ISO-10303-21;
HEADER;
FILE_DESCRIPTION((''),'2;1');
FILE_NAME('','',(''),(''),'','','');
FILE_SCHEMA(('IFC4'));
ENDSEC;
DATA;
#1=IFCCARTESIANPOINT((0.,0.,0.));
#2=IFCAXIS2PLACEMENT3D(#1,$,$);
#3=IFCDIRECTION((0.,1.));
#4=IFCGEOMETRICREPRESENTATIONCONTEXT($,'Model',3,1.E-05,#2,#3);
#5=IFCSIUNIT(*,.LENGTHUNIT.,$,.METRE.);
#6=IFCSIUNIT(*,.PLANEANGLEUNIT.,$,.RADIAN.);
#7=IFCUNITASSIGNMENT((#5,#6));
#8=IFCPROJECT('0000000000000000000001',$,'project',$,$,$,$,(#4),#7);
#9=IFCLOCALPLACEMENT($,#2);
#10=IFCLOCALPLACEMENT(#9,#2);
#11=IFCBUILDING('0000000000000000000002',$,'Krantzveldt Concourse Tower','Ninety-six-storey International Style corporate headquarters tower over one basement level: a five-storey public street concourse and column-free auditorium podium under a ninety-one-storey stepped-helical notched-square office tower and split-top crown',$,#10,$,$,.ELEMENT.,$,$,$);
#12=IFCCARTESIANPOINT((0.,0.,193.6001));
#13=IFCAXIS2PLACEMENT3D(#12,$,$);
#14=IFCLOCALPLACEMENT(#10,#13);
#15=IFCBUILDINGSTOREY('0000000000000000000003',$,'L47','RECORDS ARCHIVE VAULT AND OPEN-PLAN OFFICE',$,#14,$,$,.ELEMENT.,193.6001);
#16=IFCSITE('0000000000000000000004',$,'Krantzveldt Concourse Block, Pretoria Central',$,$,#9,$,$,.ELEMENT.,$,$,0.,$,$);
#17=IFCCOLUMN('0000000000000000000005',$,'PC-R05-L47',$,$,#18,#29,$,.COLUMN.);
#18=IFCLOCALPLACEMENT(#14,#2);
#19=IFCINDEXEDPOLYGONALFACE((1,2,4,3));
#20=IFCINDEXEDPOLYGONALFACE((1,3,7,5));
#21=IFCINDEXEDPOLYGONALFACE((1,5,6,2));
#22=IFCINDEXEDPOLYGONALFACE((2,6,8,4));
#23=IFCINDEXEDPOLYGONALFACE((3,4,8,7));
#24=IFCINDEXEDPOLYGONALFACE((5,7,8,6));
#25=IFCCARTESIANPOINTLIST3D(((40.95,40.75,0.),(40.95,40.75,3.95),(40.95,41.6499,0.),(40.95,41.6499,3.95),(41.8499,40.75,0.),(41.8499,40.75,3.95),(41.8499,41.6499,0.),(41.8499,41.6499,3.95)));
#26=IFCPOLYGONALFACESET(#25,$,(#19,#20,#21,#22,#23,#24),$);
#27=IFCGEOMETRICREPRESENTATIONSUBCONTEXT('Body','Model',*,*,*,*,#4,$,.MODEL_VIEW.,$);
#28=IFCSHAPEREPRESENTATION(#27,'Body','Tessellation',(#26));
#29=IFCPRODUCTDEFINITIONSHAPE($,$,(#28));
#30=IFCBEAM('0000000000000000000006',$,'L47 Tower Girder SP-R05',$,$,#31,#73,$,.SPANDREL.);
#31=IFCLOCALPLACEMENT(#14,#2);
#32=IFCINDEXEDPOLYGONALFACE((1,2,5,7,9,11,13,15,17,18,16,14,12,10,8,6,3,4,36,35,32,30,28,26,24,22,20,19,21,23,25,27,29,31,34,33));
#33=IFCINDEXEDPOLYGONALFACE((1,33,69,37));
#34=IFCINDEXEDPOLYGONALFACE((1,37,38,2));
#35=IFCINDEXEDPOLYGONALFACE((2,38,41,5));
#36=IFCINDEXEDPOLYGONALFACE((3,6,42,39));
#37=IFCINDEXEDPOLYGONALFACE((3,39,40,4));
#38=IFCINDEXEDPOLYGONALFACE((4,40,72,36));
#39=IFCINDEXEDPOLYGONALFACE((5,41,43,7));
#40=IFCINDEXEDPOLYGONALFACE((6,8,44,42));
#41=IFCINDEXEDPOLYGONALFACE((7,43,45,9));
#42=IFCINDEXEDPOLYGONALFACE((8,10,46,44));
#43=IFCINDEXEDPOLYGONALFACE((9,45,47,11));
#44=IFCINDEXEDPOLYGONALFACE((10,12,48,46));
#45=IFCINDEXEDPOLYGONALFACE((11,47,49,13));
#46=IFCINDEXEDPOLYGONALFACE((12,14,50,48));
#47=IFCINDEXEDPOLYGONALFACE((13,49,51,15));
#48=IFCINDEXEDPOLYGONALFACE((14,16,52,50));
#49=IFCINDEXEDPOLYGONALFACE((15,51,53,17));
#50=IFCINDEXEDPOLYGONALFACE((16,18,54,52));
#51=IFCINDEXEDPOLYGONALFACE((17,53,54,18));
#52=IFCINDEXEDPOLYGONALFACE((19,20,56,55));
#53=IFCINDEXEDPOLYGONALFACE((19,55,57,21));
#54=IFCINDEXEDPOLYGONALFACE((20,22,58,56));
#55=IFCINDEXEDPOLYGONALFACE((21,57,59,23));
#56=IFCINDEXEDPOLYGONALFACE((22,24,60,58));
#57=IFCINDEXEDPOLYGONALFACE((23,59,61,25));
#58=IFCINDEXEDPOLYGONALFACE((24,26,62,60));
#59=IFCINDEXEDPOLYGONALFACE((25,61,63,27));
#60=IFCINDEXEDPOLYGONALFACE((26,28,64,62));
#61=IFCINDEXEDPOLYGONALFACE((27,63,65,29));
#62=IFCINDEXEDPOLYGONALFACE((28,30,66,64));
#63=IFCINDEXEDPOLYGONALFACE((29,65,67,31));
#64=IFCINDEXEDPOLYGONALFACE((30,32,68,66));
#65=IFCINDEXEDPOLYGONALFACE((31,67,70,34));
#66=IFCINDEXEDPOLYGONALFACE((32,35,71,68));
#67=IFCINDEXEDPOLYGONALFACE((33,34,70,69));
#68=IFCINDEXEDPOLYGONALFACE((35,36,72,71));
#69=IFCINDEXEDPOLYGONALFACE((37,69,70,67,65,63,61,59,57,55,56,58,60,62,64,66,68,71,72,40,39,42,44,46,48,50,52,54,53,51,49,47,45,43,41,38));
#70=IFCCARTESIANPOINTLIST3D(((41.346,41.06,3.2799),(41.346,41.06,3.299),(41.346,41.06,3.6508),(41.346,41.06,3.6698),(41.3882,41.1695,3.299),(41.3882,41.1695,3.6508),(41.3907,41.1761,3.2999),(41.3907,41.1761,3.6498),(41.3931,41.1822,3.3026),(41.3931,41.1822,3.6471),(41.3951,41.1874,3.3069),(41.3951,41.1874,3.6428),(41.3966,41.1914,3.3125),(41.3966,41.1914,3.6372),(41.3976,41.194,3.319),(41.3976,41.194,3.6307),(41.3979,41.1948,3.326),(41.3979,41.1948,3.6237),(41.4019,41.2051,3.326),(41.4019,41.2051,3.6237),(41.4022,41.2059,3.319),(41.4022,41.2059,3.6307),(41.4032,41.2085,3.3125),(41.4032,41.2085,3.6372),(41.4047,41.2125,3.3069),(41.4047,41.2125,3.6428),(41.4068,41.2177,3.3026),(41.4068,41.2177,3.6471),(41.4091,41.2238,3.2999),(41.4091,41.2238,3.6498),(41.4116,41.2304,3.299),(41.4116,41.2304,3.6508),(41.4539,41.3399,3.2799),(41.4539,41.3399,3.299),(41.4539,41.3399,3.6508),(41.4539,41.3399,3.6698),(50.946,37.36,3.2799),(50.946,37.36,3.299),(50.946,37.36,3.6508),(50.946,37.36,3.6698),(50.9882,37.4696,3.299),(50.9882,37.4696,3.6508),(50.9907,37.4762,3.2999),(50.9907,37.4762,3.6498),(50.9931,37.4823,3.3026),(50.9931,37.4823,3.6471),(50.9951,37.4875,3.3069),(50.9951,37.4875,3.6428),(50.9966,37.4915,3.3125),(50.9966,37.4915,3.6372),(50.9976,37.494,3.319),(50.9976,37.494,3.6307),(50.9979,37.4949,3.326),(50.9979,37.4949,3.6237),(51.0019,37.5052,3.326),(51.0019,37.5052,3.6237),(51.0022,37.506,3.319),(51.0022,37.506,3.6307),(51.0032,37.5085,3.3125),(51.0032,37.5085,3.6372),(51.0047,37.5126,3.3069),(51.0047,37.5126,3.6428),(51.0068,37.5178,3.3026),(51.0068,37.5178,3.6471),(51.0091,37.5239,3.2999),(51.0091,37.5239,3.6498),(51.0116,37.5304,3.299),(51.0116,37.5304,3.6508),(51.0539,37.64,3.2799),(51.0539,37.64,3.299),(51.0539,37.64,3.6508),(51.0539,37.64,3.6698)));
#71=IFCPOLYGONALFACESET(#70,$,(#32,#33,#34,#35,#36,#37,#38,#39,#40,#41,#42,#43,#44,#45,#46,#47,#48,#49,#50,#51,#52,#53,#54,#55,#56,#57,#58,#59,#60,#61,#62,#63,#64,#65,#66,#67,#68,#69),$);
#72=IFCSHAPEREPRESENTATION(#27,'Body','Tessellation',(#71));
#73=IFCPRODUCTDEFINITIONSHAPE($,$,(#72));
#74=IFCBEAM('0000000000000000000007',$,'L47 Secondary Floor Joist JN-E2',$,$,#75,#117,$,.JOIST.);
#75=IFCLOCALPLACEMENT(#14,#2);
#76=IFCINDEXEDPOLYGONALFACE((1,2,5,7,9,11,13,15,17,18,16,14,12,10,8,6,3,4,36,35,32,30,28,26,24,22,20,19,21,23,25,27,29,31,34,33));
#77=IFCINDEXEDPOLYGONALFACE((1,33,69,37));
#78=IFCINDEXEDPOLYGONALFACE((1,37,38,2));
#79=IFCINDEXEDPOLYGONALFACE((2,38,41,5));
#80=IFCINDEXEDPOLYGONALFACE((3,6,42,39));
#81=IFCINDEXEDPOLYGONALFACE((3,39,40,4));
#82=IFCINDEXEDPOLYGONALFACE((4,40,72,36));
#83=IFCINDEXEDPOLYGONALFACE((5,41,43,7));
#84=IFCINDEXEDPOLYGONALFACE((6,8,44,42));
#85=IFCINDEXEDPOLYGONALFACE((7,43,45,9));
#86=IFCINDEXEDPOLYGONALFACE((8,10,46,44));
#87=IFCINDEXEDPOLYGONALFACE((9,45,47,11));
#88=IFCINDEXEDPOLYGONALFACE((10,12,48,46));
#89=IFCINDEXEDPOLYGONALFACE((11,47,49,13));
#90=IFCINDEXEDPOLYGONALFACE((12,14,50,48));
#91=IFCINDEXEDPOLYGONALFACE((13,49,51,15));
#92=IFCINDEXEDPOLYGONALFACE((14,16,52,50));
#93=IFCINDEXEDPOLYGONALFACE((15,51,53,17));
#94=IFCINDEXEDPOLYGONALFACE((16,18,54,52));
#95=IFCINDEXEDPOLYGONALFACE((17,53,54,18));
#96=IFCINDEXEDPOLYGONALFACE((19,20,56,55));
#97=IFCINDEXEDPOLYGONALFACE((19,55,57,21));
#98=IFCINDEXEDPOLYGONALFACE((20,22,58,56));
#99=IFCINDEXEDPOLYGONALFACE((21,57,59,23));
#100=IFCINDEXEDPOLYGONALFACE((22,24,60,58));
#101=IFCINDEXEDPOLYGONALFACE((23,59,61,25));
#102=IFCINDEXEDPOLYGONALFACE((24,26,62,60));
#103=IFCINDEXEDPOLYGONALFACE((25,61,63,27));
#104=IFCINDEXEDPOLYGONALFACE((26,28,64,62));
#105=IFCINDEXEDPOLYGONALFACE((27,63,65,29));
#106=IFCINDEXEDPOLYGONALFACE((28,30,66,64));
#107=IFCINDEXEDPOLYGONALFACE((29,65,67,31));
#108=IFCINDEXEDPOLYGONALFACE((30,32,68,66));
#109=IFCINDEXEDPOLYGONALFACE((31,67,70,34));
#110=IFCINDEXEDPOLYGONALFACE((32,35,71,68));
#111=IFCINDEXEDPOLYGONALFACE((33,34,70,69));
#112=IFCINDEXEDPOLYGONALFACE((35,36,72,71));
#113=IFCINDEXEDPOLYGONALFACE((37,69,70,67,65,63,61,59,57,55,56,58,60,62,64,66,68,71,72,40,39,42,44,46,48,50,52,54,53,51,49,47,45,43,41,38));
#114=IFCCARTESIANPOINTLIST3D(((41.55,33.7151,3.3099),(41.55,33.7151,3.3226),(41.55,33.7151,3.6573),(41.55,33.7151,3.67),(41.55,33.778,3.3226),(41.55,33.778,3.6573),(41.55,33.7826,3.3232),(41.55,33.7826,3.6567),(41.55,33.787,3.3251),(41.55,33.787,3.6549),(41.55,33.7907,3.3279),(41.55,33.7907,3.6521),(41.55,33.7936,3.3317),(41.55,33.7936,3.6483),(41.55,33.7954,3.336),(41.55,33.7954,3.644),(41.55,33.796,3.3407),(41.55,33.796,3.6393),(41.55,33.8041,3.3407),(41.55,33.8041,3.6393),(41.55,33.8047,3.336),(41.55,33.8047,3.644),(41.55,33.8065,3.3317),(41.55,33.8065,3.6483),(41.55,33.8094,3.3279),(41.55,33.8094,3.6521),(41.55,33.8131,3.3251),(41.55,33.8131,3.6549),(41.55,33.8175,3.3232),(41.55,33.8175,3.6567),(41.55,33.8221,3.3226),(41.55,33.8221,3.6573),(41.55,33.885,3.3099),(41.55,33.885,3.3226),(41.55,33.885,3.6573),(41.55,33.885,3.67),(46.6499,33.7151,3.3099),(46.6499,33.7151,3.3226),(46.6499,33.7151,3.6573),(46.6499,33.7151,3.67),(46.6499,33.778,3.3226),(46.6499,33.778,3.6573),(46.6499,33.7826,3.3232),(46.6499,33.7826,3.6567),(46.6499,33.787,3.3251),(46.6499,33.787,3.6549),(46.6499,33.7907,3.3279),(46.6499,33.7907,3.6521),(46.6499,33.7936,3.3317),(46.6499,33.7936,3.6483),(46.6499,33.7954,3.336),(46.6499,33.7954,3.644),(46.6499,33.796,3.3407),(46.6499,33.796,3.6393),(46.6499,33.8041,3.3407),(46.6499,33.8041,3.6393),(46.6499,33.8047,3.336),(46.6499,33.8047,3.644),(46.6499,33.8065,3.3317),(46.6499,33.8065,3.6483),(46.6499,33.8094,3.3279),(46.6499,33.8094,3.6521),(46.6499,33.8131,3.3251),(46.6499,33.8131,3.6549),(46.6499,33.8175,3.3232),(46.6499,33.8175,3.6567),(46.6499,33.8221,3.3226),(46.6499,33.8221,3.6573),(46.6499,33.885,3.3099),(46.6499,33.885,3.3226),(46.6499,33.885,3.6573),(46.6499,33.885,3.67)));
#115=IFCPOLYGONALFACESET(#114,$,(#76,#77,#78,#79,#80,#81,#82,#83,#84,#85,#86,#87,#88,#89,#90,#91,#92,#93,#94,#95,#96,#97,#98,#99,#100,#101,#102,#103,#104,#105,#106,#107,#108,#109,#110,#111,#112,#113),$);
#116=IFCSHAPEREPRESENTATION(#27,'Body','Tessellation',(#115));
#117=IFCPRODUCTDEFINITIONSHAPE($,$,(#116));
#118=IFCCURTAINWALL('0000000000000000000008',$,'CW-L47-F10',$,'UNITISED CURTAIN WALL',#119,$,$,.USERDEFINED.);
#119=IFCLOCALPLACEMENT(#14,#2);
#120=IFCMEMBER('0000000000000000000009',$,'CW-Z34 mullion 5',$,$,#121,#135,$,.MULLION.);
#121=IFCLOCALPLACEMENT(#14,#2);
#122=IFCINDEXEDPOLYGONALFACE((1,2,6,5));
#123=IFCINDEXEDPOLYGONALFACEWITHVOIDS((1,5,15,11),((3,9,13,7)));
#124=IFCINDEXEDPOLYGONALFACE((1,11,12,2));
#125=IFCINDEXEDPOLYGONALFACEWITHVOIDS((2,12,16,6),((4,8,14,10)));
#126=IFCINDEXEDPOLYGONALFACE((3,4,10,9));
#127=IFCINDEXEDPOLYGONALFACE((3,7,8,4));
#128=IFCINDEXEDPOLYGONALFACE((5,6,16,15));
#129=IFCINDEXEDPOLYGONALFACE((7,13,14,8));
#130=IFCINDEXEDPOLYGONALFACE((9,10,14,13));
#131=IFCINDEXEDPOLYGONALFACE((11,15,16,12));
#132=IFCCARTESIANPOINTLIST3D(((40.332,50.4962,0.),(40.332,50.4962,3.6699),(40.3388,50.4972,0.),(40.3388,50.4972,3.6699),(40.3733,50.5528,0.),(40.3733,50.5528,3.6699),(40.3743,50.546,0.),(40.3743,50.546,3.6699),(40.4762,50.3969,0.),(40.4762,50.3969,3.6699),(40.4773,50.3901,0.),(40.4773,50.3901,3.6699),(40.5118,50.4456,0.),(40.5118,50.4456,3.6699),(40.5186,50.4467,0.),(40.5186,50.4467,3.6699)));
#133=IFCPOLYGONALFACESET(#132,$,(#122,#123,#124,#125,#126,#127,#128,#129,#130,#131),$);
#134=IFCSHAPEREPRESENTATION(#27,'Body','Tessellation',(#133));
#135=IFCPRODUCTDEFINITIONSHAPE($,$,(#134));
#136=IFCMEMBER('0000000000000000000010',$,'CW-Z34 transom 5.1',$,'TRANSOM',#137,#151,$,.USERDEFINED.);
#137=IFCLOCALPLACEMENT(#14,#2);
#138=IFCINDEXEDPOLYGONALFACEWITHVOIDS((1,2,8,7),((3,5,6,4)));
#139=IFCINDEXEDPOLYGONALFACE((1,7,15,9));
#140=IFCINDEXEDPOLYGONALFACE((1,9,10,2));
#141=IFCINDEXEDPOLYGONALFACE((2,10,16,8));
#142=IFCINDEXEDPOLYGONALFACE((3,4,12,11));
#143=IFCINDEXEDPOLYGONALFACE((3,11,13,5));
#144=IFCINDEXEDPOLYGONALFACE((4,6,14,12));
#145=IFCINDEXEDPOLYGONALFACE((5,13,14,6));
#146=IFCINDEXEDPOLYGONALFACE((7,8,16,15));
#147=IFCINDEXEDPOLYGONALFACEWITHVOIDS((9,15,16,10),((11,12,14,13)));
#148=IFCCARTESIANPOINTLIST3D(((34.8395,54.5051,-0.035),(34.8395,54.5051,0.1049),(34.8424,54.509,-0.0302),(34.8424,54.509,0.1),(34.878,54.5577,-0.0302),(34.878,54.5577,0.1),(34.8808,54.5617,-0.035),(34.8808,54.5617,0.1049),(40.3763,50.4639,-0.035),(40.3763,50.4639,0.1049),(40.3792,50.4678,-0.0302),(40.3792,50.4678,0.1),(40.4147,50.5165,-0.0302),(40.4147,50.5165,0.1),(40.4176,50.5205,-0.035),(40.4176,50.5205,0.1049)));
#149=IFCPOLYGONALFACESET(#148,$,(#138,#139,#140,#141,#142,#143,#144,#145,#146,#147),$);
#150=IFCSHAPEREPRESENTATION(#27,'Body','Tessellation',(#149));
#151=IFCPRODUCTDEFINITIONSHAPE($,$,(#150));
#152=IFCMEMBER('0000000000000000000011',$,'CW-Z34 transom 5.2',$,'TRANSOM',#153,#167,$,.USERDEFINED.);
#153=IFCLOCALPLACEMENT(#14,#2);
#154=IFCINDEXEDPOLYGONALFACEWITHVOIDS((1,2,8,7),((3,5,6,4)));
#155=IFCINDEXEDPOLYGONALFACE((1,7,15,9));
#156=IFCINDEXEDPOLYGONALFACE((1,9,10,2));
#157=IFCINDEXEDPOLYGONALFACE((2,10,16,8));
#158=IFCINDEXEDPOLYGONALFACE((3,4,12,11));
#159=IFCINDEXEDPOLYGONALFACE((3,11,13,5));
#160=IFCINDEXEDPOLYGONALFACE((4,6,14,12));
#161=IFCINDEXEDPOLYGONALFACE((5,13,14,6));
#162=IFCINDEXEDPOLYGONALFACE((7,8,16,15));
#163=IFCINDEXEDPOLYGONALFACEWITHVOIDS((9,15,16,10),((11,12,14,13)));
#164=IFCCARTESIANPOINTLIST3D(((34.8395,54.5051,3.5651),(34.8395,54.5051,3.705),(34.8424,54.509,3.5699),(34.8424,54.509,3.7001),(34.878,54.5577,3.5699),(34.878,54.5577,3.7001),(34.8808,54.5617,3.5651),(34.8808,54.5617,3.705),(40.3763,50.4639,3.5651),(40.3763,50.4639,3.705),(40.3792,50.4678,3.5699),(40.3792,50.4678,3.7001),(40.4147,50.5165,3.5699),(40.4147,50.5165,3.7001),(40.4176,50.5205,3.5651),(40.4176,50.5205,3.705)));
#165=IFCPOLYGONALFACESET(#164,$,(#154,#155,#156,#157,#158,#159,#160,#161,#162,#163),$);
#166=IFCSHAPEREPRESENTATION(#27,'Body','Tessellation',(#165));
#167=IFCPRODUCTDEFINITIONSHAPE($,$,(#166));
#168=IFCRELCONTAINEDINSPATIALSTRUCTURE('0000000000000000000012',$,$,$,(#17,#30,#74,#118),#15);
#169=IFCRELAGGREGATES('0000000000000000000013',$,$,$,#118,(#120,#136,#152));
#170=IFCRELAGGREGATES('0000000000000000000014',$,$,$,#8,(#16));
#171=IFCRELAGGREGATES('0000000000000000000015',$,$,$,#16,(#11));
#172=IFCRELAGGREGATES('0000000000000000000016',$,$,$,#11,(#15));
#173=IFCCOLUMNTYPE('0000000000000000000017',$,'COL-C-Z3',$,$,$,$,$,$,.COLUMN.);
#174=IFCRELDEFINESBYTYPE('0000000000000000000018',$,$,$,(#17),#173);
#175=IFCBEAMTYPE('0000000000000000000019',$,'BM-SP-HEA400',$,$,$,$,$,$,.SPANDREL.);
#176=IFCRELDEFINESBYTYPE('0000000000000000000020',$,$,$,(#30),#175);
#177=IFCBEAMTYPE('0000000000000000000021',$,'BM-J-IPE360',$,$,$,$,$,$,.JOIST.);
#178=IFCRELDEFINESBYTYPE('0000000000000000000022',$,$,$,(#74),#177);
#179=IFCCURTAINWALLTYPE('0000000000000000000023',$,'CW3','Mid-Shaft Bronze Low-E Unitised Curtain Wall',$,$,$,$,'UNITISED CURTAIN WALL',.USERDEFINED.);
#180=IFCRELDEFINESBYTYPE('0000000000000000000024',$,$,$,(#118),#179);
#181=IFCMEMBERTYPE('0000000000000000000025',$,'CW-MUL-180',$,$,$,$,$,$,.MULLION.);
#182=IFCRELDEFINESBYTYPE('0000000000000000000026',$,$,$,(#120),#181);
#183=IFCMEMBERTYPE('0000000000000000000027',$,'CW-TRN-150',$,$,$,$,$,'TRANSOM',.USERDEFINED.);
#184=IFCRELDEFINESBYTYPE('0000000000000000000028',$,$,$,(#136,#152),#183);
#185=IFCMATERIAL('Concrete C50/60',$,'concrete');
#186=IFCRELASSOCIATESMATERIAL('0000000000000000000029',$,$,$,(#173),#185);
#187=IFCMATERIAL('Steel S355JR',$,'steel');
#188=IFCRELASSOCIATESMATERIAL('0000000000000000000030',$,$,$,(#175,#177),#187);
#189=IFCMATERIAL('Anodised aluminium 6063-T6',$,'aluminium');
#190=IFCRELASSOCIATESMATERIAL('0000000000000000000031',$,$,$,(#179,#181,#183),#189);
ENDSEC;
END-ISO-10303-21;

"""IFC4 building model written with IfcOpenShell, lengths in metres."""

from ifc_helpers import new_model, si_unit, direction, frame, origin, origin_2d, place, context, subcontext, project, spatial, rectangle, hollow_rectangle, i_section, extrude, source, transform, mapped, material, material_profile, profile_set, type_object, type_shapes, element, aggregate, save


model = new_model("IFC4")

# Units and contexts
model_context = context("Model", 3, precision=1e-05, world=origin(), true_north=direction((0.0, 1.0)))
body_context = subcontext(model_context, "Body", "Model", "MODEL_VIEW")
ifc_project = project(units=[si_unit("LENGTHUNIT", "METRE"), si_unit("PLANEANGLEUNIT", "RADIAN")], contexts=[model_context])

# Site, building, storey
site_placement = place(None, origin())
site = spatial("IfcSite", under=ifc_project, at=site_placement, Name="Krantzveldt Concourse Block, Pretoria Central", CompositionType="ELEMENT", RefElevation=0.0)
building_placement = place(site_placement, origin())
building = spatial("IfcBuilding", under=site, at=building_placement, Name="Krantzveldt Concourse Tower", Description="Ninety-six-storey International Style corporate headquarters tower over one basement level: a five-storey public street concourse and column-free auditorium podium under a ninety-one-storey stepped-helical notched-square office tower and split-top crown", CompositionType="ELEMENT")
storey_placement = place(building_placement, frame((0.0, 0.0, 193.6001)))
storey = spatial("IfcBuildingStorey", under=building, at=storey_placement, Name="L47", Description="RECORDS ARCHIVE VAULT AND OPEN-PLAN OFFICE", CompositionType="ELEMENT", Elevation=193.6001)

# Column
ifc_material_1 = material(Name="Concrete C50/60", Category="concrete")
ifc_material_profile_1 = material_profile(ifc_material_1, rectangle(XDim=0.8999, YDim=0.8999, at=origin_2d()), Name="Concrete C50/60", Category="concrete")
ifc_profile_set_1 = profile_set([ifc_material_profile_1], Name="Concrete C50/60 - RC 900x900")
column_type = type_object("IfcColumnType", Name="COL-C-Z3", PredefinedType="COLUMN", material=ifc_profile_set_1)
shared_shape_1 = source(origin(), body_context, "Body", "SweptSolid", [
    extrude(rectangle(XDim=0.8999, YDim=0.8999, at=origin_2d()), origin(), (0.0, 0.0, 1.0), 3.95),
])
type_shapes(column_type, [shared_shape_1])
column_placement = place(storey_placement, frame((41.3999, 41.2, 0.0), z_axis=(0.0, 0.0, 1.0), x_axis=(1.0, 0.0, 0.0)))
element("IfcColumn", 1, at=column_placement, inside=storey, type_object=column_type, Name="PC-R05-L47", PredefinedType="COLUMN", context=body_context, shape_type="MappedRepresentation", body=[
    mapped(shared_shape_1, transform((0.0, 0.0, 0.0), x_axis=(1.0, 0.0, 0.0), y_axis=(0.0, 1.0, 0.0), z_axis=(0.0, 0.0, 1.0), scale=1.0)),
])

# Beams
ifc_material_2 = material(Name="Steel S355JR", Category="steel")
ifc_material_profile_2 = material_profile(ifc_material_2, i_section(OverallWidth=0.3, OverallDepth=0.3899, WebThickness=0.011, FlangeThickness=0.019, FilletRadius=0.0271, at=origin_2d()), Name="Steel S355JR", Category="steel")
ifc_profile_set_2 = profile_set([ifc_material_profile_2], Name="Steel S355JR - HEA 400")
beam_type_1 = type_object("IfcBeamType", Name="BM-SP-HEA400", PredefinedType="SPANDREL", material=ifc_profile_set_2)
shared_shape_2 = source(origin(), body_context, "Body", "SweptSolid", [
    extrude(i_section(OverallWidth=0.3, OverallDepth=0.3899, WebThickness=0.011, FlangeThickness=0.019, FilletRadius=0.0271, at=origin_2d()), origin(), (0.0, 0.0, 1.0), 10.2883),
])
type_shapes(beam_type_1, [shared_shape_2])
beam_1_placement = place(storey_placement, frame((41.3999, 41.2, 3.4749), z_axis=(0.933098, -0.359623, 0.0), x_axis=(0.359623, 0.933098, 0.0)))
element("IfcBeam", 2, at=beam_1_placement, inside=storey, type_object=beam_type_1, Name="L47 Tower Girder SP-R05", PredefinedType="SPANDREL", context=body_context, shape_type="MappedRepresentation", body=[
    mapped(shared_shape_2, transform((0.0, 0.0, 0.0), x_axis=(1.0, 0.0, 0.0), y_axis=(0.0, 1.0, 0.0), z_axis=(0.0, 0.0, 1.0), scale=1.0)),
])
ifc_material_profile_3 = material_profile(ifc_material_2, i_section(OverallWidth=0.1699, OverallDepth=0.3601, WebThickness=0.0081, FlangeThickness=0.0127, FilletRadius=0.0181, at=origin_2d()), Name="Steel S355JR", Category="steel")
ifc_profile_set_3 = profile_set([ifc_material_profile_3], Name="Steel S355JR - IPE 360")
beam_type_2 = type_object("IfcBeamType", Name="BM-J-IPE360", PredefinedType="JOIST", material=ifc_profile_set_3)
shared_shape_3 = source(origin(), body_context, "Body", "SweptSolid", [
    extrude(i_section(OverallWidth=0.1699, OverallDepth=0.3601, WebThickness=0.0081, FlangeThickness=0.0127, FilletRadius=0.0181, at=origin_2d()), origin(), (0.0, 0.0, 1.0), 5.0999),
])
type_shapes(beam_type_2, [shared_shape_3])
beam_2_placement = place(storey_placement, frame((41.55, 33.8, 3.49), z_axis=(1.0, 0.0, 0.0), x_axis=(0.0, 1.0, 0.0)))
element("IfcBeam", 3, at=beam_2_placement, inside=storey, type_object=beam_type_2, Name="L47 Secondary Floor Joist JN-E2", PredefinedType="JOIST", context=body_context, shape_type="MappedRepresentation", body=[
    mapped(shared_shape_3, transform((0.0, 0.0, 0.0), x_axis=(1.0, 0.0, 0.0), y_axis=(0.0, 1.0, 0.0), z_axis=(0.0, 0.0, 1.0), scale=1.0)),
])

# Curtain wall, members
ifc_material_3 = material(Name="Anodised aluminium 6063-T6", Category="aluminium")
curtain_wall_type = type_object("IfcCurtainWallType", Name="CW3", Description="Mid-Shaft Bronze Low-E Unitised Curtain Wall", ElementType="UNITISED CURTAIN WALL", PredefinedType="USERDEFINED", material=ifc_material_3)
curtain_wall_placement = place(storey_placement, origin())
curtain_wall = element("IfcCurtainWall", 4, at=curtain_wall_placement, inside=storey, type_object=curtain_wall_type, Name="CW-L47-F10", ObjectType="UNITISED CURTAIN WALL", PredefinedType="USERDEFINED")
ifc_material_profile_4 = material_profile(ifc_material_3, hollow_rectangle(XDim=0.0701, YDim=0.1799, WallThickness=0.0049, at=origin_2d()), Name="Anodised aluminium 6063-T6", Category="aluminium")
ifc_profile_set_4 = profile_set([ifc_material_profile_4], Name="Anodised aluminium 6063-T6 - ALU-MULL 180x70x5")
member_type_1 = type_object("IfcMemberType", Name="CW-MUL-180", PredefinedType="MULLION", material=ifc_profile_set_4)
shared_shape_4 = source(origin(), body_context, "Body", "SweptSolid", [
    extrude(hollow_rectangle(XDim=0.0701, YDim=0.1799, WallThickness=0.0049, at=origin_2d()), origin(), (0.0, 0.0, 1.0), 3.6699),
])
type_shapes(member_type_1, [shared_shape_4])
member_1_placement = place(storey_placement, frame((40.4253, 50.4714, 0.0), z_axis=(0.0, 0.0, 1.0), x_axis=(-0.589549, -0.807733, 0.0)))
member_1 = element("IfcMember", 5, at=member_1_placement, type_object=member_type_1, Name="CW-Z34 mullion 5", PredefinedType="MULLION", context=body_context, shape_type="MappedRepresentation", body=[
    mapped(shared_shape_4, transform((0.0, 0.0, 0.0), x_axis=(1.0, 0.0, 0.0), y_axis=(0.0, 1.0, 0.0), z_axis=(0.0, 0.0, 1.0), scale=1.0)),
])
ifc_material_profile_5 = material_profile(ifc_material_3, hollow_rectangle(XDim=0.0701, YDim=0.1399, WallThickness=0.0049, at=origin_2d()), Name="Anodised aluminium 6063-T6", Category="aluminium")
ifc_profile_set_5 = profile_set([ifc_material_profile_5], Name="Anodised aluminium 6063-T6 - ALU-TRAN 140x70x5")
member_type_2 = type_object("IfcMemberType", Name="CW-TRN-150", ElementType="TRANSOM", PredefinedType="USERDEFINED", material=ifc_profile_set_5)
shared_shape_5 = source(origin(), body_context, "Body", "SweptSolid", [
    extrude(hollow_rectangle(XDim=0.0701, YDim=0.1399, WallThickness=0.0049, at=origin_2d()), origin(), (0.0, 0.0, 1.0), 6.8547),
])
type_shapes(member_type_2, [shared_shape_5])
member_2_placement = place(storey_placement, frame((40.397, 50.4922, 0.0349), z_axis=(-0.807732, 0.589549, 0.0), x_axis=(-0.589549, -0.807732, 0.0)))
member_2 = element("IfcMember", 6, at=member_2_placement, type_object=member_type_2, Name="CW-Z34 transom 5.1", ObjectType="TRANSOM", PredefinedType="USERDEFINED", context=body_context, shape_type="MappedRepresentation", body=[
    mapped(shared_shape_5, transform((0.0, 0.0, 0.0), x_axis=(1.0, 0.0, 0.0), y_axis=(0.0, 1.0, 0.0), z_axis=(0.0, 0.0, 1.0), scale=1.0)),
])
member_3_placement = place(storey_placement, frame((40.397, 50.4922, 3.635), z_axis=(-0.807732, 0.589549, 0.0), x_axis=(-0.589549, -0.807732, 0.0)))
member_3 = element("IfcMember", 7, at=member_3_placement, type_object=member_type_2, Name="CW-Z34 transom 5.2", ObjectType="TRANSOM", PredefinedType="USERDEFINED", context=body_context, shape_type="MappedRepresentation", body=[
    mapped(shared_shape_5, transform((0.0, 0.0, 0.0), x_axis=(1.0, 0.0, 0.0), y_axis=(0.0, 1.0, 0.0), z_axis=(0.0, 0.0, 1.0), scale=1.0)),
])
aggregate(curtain_wall, [member_1, member_2, member_3])

save(model, "model.ifc")
